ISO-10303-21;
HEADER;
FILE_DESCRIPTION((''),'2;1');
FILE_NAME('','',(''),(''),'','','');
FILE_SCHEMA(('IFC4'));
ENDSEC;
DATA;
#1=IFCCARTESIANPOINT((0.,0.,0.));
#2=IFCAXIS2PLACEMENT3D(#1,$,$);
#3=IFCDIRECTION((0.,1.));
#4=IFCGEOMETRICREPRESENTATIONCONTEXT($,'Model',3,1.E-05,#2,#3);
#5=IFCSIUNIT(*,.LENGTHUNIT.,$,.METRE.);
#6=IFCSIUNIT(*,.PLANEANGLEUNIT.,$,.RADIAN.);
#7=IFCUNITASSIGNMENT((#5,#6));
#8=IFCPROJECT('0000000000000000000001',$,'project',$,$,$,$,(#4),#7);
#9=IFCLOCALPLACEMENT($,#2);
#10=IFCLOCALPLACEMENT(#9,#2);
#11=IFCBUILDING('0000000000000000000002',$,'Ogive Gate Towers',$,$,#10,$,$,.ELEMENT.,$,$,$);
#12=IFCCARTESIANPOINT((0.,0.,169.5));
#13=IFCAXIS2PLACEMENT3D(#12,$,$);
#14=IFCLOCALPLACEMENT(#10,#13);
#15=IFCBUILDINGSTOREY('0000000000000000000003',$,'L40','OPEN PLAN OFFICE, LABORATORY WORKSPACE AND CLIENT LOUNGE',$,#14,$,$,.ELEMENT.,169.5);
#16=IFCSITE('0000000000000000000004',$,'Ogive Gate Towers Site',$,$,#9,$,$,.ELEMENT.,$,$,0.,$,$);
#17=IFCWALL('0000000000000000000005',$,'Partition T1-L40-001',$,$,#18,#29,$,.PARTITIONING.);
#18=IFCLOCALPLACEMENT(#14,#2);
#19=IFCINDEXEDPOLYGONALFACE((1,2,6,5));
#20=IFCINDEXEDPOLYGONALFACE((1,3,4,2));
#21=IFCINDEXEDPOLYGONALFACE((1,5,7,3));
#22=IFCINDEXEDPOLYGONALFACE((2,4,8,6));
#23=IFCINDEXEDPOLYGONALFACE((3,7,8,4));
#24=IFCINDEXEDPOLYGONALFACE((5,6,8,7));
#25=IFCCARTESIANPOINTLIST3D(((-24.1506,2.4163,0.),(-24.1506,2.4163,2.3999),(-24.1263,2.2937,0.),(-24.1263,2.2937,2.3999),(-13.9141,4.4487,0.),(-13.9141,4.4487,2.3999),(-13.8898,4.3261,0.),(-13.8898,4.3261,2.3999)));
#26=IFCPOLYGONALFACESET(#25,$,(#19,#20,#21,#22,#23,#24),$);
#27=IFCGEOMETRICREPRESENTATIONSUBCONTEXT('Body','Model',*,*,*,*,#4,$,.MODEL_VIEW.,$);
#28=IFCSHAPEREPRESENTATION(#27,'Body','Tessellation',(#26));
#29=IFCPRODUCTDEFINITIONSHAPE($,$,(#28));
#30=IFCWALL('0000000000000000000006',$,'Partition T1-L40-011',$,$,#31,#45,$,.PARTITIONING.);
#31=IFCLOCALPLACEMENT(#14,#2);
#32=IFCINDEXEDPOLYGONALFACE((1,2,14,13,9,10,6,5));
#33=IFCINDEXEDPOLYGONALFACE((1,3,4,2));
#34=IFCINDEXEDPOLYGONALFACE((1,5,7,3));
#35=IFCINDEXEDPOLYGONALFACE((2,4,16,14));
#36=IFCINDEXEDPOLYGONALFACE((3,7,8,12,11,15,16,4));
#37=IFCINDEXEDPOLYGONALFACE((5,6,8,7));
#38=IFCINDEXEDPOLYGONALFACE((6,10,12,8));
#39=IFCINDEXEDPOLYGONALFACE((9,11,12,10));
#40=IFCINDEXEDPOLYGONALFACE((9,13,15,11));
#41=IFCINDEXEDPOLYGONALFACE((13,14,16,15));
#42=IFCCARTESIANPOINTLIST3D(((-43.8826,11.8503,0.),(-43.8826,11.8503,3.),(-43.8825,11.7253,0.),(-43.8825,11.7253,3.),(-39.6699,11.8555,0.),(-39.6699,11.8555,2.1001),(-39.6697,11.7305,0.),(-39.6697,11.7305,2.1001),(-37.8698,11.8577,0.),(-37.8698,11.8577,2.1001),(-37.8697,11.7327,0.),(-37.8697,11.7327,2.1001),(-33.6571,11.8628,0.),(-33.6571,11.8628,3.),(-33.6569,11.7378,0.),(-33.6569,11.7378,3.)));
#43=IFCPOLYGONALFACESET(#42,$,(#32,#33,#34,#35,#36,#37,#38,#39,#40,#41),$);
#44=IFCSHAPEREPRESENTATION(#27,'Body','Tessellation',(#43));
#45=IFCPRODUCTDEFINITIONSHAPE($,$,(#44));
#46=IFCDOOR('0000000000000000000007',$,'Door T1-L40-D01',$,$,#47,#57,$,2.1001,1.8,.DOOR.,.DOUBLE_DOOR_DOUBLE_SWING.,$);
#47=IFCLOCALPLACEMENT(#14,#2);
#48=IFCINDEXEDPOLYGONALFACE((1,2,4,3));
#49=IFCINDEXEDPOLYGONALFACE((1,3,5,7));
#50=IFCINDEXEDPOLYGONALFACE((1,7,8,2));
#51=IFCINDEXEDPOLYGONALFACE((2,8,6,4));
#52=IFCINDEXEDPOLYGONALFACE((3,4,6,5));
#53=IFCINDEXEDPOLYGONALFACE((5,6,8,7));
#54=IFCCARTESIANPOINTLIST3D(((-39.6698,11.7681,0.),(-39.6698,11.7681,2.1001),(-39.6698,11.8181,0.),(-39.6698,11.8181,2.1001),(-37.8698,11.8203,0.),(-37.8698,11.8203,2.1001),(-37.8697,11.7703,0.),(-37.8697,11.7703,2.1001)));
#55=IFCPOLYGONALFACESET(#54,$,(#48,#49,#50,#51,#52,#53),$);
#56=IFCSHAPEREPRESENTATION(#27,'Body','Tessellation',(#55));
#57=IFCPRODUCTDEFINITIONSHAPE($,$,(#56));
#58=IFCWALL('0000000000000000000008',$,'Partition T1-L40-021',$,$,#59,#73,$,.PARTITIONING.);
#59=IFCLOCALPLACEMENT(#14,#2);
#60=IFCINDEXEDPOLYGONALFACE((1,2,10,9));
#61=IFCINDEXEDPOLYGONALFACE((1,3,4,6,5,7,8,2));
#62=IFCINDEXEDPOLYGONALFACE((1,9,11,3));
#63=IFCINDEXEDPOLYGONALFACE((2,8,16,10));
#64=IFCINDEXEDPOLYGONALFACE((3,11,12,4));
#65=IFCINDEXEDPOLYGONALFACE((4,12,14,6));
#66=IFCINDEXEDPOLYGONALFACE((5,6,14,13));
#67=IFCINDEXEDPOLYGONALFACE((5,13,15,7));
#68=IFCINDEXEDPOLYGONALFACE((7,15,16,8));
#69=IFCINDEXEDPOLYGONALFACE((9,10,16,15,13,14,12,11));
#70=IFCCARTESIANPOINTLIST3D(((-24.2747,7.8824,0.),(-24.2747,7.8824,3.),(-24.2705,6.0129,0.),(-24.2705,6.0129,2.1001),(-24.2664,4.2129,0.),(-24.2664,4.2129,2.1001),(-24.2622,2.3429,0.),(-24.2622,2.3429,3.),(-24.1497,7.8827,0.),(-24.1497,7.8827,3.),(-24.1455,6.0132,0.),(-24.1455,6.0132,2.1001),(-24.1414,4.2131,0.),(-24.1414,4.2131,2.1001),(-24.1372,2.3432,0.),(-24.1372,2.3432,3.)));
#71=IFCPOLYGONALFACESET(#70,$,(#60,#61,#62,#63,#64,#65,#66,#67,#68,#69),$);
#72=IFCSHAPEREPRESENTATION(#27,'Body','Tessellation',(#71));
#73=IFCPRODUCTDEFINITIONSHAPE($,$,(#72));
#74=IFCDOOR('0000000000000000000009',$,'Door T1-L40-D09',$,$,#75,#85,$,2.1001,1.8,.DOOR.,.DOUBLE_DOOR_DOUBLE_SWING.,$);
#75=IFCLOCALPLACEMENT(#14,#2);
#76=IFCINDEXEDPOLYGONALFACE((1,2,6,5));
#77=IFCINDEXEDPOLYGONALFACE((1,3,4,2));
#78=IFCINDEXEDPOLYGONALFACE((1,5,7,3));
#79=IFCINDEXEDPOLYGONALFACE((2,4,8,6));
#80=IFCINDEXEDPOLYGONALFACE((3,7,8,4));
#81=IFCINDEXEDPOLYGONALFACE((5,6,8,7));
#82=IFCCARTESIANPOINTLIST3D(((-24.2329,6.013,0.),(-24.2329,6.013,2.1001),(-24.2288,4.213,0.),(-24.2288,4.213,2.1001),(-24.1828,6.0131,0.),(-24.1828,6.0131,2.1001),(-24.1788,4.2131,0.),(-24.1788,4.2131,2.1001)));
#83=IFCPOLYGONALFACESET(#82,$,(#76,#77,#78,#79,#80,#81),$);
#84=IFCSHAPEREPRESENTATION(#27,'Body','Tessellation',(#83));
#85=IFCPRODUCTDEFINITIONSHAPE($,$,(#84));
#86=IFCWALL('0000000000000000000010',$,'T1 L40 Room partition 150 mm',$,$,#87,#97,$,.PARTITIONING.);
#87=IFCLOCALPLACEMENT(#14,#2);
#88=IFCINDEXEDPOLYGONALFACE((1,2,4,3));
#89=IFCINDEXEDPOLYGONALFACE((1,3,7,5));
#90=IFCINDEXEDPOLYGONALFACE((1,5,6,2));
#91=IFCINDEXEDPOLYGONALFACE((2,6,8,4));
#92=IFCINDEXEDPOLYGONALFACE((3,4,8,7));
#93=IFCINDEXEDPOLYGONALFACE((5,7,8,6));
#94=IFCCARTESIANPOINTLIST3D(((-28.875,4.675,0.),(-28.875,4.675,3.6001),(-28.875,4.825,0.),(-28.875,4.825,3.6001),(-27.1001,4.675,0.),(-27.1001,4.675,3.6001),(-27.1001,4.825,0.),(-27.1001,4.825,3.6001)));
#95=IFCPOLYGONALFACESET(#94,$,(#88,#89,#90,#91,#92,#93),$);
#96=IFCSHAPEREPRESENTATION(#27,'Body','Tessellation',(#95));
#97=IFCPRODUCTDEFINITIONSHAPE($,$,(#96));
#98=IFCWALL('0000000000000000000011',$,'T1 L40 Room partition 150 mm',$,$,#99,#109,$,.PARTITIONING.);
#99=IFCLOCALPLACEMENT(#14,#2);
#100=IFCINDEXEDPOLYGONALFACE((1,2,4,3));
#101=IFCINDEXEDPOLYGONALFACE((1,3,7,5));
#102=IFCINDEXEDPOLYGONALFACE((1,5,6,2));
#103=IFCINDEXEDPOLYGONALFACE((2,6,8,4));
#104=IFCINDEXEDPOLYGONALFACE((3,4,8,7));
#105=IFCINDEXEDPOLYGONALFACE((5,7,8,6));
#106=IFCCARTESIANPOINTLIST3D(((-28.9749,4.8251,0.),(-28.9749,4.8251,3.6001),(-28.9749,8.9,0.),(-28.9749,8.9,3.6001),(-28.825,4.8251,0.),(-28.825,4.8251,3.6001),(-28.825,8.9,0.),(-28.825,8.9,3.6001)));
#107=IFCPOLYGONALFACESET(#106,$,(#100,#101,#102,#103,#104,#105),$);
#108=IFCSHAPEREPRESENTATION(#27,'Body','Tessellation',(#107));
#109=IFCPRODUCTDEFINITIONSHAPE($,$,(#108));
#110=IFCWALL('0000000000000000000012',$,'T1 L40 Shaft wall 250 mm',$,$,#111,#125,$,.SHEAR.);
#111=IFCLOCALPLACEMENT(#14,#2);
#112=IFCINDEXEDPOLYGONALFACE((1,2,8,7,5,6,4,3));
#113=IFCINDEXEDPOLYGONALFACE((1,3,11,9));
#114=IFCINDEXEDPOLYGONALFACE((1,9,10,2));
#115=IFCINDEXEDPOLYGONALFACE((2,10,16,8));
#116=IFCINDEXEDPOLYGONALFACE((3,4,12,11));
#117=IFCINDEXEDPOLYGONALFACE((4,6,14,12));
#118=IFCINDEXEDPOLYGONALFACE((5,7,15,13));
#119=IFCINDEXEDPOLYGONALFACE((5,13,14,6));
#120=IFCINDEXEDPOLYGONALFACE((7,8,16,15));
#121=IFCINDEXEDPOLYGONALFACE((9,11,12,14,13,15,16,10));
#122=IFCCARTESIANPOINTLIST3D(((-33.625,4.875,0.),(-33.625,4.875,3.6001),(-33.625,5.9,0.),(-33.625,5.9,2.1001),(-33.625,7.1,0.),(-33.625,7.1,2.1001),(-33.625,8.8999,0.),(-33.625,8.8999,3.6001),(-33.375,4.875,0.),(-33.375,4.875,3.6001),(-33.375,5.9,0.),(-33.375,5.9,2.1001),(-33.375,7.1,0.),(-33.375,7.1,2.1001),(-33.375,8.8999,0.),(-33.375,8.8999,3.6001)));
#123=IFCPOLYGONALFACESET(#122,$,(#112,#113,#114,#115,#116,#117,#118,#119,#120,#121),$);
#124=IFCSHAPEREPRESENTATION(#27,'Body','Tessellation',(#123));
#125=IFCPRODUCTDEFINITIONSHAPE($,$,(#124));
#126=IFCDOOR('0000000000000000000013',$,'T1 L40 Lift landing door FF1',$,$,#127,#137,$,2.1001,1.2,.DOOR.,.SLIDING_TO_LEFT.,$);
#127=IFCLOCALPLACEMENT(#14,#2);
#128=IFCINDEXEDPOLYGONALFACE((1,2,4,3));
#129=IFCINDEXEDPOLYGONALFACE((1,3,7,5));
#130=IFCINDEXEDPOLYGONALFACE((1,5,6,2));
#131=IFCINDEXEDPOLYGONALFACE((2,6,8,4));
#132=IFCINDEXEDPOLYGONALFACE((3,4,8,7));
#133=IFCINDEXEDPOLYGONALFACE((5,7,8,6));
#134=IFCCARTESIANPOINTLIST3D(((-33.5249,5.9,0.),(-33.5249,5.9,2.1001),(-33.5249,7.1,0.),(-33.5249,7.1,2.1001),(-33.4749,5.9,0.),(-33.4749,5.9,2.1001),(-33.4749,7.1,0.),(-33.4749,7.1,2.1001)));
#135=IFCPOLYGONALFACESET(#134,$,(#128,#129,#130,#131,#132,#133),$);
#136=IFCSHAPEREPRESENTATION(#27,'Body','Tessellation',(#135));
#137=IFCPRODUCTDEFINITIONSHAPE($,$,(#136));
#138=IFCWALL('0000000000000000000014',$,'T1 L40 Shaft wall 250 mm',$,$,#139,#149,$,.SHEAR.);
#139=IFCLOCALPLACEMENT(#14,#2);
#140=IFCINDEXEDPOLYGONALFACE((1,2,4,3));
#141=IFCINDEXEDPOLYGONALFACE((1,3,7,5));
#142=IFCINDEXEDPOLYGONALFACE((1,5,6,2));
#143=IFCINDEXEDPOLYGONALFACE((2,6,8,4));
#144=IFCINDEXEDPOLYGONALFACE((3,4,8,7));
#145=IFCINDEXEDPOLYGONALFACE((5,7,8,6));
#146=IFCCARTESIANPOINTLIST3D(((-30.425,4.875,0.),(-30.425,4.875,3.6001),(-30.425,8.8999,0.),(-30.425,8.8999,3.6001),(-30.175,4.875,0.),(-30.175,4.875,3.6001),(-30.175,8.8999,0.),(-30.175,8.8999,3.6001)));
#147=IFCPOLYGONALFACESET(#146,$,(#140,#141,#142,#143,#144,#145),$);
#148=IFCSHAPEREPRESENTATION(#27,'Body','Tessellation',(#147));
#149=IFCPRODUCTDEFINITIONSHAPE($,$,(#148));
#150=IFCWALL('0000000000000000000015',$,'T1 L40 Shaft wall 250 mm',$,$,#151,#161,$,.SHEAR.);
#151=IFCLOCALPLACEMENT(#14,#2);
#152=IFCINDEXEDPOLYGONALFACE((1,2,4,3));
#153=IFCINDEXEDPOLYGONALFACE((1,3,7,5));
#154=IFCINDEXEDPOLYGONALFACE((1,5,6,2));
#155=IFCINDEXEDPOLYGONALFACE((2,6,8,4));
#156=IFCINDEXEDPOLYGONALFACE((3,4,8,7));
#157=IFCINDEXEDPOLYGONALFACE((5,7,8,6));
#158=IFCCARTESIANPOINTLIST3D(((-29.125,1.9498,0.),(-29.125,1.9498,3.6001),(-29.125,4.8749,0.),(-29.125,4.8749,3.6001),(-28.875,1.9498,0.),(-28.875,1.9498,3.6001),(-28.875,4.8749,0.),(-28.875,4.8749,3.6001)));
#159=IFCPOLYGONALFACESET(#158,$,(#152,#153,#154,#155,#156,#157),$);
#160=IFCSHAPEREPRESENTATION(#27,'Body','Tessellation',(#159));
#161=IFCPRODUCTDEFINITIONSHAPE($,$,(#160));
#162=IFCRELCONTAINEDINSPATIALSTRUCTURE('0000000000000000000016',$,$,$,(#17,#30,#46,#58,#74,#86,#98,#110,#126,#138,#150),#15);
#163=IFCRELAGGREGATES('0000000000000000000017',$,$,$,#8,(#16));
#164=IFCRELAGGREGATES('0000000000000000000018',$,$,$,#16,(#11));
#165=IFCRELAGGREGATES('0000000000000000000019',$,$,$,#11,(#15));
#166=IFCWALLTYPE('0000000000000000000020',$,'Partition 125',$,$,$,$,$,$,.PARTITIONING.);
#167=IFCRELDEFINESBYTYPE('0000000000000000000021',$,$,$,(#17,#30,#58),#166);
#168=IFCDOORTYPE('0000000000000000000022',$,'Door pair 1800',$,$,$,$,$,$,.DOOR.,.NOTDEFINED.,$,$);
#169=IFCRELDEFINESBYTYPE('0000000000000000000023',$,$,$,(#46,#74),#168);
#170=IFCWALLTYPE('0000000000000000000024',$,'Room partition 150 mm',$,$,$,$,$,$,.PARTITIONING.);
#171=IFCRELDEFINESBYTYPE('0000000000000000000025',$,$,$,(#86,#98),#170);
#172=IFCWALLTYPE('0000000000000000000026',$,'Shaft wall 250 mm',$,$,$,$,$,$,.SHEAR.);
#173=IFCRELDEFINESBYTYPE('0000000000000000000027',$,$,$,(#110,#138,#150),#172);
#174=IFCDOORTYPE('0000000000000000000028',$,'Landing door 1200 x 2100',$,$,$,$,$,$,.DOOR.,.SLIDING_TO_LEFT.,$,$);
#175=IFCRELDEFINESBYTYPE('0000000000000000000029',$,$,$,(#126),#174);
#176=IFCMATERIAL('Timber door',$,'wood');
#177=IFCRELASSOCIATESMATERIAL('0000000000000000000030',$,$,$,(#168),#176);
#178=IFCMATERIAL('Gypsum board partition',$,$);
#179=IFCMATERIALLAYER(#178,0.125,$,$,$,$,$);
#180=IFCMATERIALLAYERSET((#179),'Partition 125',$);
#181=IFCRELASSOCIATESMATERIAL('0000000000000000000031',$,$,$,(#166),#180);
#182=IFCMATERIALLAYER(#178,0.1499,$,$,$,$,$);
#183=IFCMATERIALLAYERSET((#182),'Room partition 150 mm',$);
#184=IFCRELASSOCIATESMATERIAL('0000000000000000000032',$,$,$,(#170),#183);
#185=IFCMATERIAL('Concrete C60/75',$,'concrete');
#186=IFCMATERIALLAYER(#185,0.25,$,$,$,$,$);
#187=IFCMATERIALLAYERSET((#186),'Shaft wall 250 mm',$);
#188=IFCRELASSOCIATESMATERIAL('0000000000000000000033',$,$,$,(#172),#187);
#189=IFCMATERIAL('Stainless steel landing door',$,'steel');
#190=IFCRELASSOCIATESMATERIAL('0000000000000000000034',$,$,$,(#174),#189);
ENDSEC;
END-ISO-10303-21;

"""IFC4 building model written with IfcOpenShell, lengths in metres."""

from ifc_helpers import new_model, si_unit, direction, frame, frame_2d, origin, place, context, subcontext, project, spatial, rectangle, extrude, material, layer, layer_set, type_object, element, fill, save


model = new_model("IFC4")

# Units and contexts
model_context = context("Model", 3, precision=1e-05, world=origin(), true_north=direction((0.0, 1.0)))
body_context = subcontext(model_context, "Body", "Model", "MODEL_VIEW")
ifc_project = project(units=[si_unit("LENGTHUNIT", "METRE"), si_unit("PLANEANGLEUNIT", "RADIAN")], contexts=[model_context])

# Site, building, storey
site_placement = place(None, origin())
site = spatial("IfcSite", under=ifc_project, at=site_placement, Name="Ogive Gate Towers Site", CompositionType="ELEMENT", RefElevation=0.0)
building_placement = place(site_placement, origin())
building = spatial("IfcBuilding", under=site, at=building_placement, Name="Ogive Gate Towers", CompositionType="ELEMENT")
storey_placement = place(building_placement, frame((0.0, 0.0, 169.5)))
storey = spatial("IfcBuildingStorey", under=building, at=storey_placement, Name="L40", Description="OPEN PLAN OFFICE, LABORATORY WORKSPACE AND CLIENT LOUNGE", CompositionType="ELEMENT", Elevation=169.5)

# Shared definitions
ifc_material_1 = material(Name="Timber door", Category="wood")
door_type_1 = type_object("IfcDoorType", Name="Door pair 1800", OperationType="NOTDEFINED", PredefinedType="DOOR", material=ifc_material_1)

# Wall
ifc_material_2 = material(Name="Gypsum board partition")
ifc_layer_1 = layer(ifc_material_2, 0.125)
ifc_layer_set_1 = layer_set([ifc_layer_1], Name="Partition 125")
wall_type_1 = type_object("IfcWallType", Name="Partition 125", PredefinedType="PARTITIONING", material=ifc_layer_set_1)
wall_1_placement = place(storey_placement, frame((-13.9019, 4.3875, 0.0), z_axis=(0.0, 0.0, 1.0), x_axis=(-0.980853, -0.194748, 0.0)))
element("IfcWall", 1, at=wall_1_placement, inside=storey, type_object=wall_type_1, Name="Partition T1-L40-001", PredefinedType="PARTITIONING", context=body_context, shape_type="SweptSolid", body=[
    extrude(rectangle(XDim=10.4363, YDim=0.125, at=frame_2d((5.2183, 0.0))), origin(), (0.0, 0.0, 1.0), 2.3999),
])

# Walls, openings, doors
wall_2_placement = place(storey_placement, frame((-33.657, 11.8003, 0.0), z_axis=(0.0, 0.0, 1.0), x_axis=(-0.999999, -0.001218, 0.0)))
wall_2 = element("IfcWall", 2, at=wall_2_placement, inside=storey, type_object=wall_type_1, Name="Partition T1-L40-011", PredefinedType="PARTITIONING", context=body_context, shape_type="SweptSolid", body=[
    extrude(rectangle(XDim=10.2256, YDim=0.125, at=frame_2d((5.1128, 0.0))), origin(), (0.0, 0.0, 1.0), 3.0),
])
opening_1_placement = place(wall_2_placement, frame((4.2129, 0.0, 0.0)))
opening_1 = element("IfcOpeningElement", 3, at=opening_1_placement, cuts=wall_2, PredefinedType="OPENING", context=body_context, shape_type="SweptSolid", body=[
    extrude(rectangle(XDim=1.8, YDim=2.1001, at=frame_2d((0.8999, 1.05))), frame((0.0, 0.0725, 0.0), z_axis=(0.0, -1.0, 0.0), x_axis=(1.0, 0.0, 0.0)), (0.0, 0.0, 1.0), 0.145),
])
door_1_placement = place(opening_1_placement, origin())
door_1 = element("IfcDoor", 4, at=door_1_placement, inside=storey, type_object=door_type_1, Name="Door T1-L40-D01", OperationType="DOUBLE_DOOR_DOUBLE_SWING", OverallHeight=2.1001, OverallWidth=1.8, PredefinedType="DOOR", context=body_context, shape_type="SweptSolid", body=[
    extrude(rectangle(XDim=1.8, YDim=2.1001, at=frame_2d((0.8999, 1.05))), frame((0.0, 0.0249, 0.0), z_axis=(0.0, -1.0, 0.0), x_axis=(1.0, 0.0, 0.0)), (0.0, 0.0, 1.0), 0.05),
])
fill(opening_1, door_1)
wall_3_placement = place(storey_placement, frame((-24.1997, 2.343, 0.0), z_axis=(0.0, 0.0, 1.0), x_axis=(-0.002248, 0.999997, 0.0)))
wall_3 = element("IfcWall", 5, at=wall_3_placement, inside=storey, type_object=wall_type_1, Name="Partition T1-L40-021", PredefinedType="PARTITIONING", context=body_context, shape_type="SweptSolid", body=[
    extrude(rectangle(XDim=5.5396, YDim=0.125, at=frame_2d((2.7698, 0.0))), origin(), (0.0, 0.0, 1.0), 3.0),
])
opening_2_placement = place(wall_3_placement, frame((1.8701, 0.0, 0.0)))
opening_2 = element("IfcOpeningElement", 6, at=opening_2_placement, cuts=wall_3, PredefinedType="OPENING", context=body_context, shape_type="SweptSolid", body=[
    extrude(rectangle(XDim=1.8, YDim=2.1001, at=frame_2d((0.8999, 1.05))), frame((0.0, 0.0725, 0.0), z_axis=(0.0, -1.0, 0.0), x_axis=(1.0, 0.0, 0.0)), (0.0, 0.0, 1.0), 0.145),
])
door_2_placement = place(opening_2_placement, origin())
door_2 = element("IfcDoor", 7, at=door_2_placement, inside=storey, type_object=door_type_1, Name="Door T1-L40-D09", OperationType="DOUBLE_DOOR_DOUBLE_SWING", OverallHeight=2.1001, OverallWidth=1.8, PredefinedType="DOOR", context=body_context, shape_type="SweptSolid", body=[
    extrude(rectangle(XDim=1.8, YDim=2.1001, at=frame_2d((0.8999, 1.05))), frame((0.0, 0.0249, 0.0), z_axis=(0.0, -1.0, 0.0), x_axis=(1.0, 0.0, 0.0)), (0.0, 0.0, 1.0), 0.05),
])
fill(opening_2, door_2)

# Walls
ifc_layer_2 = layer(ifc_material_2, 0.1499)
ifc_layer_set_2 = layer_set([ifc_layer_2], Name="Room partition 150 mm")
wall_type_2 = type_object("IfcWallType", Name="Room partition 150 mm", PredefinedType="PARTITIONING", material=ifc_layer_set_2)
wall_4_placement = place(storey_placement, frame((-28.875, 4.75, 0.0), z_axis=(0.0, 0.0, 1.0), x_axis=(1.0, 0.0, 0.0)))
element("IfcWall", 8, at=wall_4_placement, inside=storey, type_object=wall_type_2, Name="T1 L40 Room partition 150 mm", PredefinedType="PARTITIONING", context=body_context, shape_type="SweptSolid", body=[
    extrude(rectangle(XDim=1.7749, YDim=0.1499, at=frame_2d((0.8875, 0.0))), origin(), (0.0, 0.0, 1.0), 3.6001),
])
wall_5_placement = place(storey_placement, frame((-28.8999, 4.825, 0.0), z_axis=(0.0, 0.0, 1.0), x_axis=(0.0, 1.0, 0.0)))
element("IfcWall", 9, at=wall_5_placement, inside=storey, type_object=wall_type_2, Name="T1 L40 Room partition 150 mm", PredefinedType="PARTITIONING", context=body_context, shape_type="SweptSolid", body=[
    extrude(rectangle(XDim=4.075, YDim=0.1499, at=frame_2d((2.0376, 0.0))), origin(), (0.0, 0.0, 1.0), 3.6001),
])

# Wall, opening, door
ifc_material_3 = material(Name="Concrete C60/75", Category="concrete")
ifc_layer_3 = layer(ifc_material_3, 0.25)
ifc_layer_set_3 = layer_set([ifc_layer_3], Name="Shaft wall 250 mm")
wall_type_3 = type_object("IfcWallType", Name="Shaft wall 250 mm", PredefinedType="SHEAR", material=ifc_layer_set_3)
wall_6_placement = place(storey_placement, frame((-33.5, 4.875, 0.0), z_axis=(0.0, 0.0, 1.0), x_axis=(0.0, 1.0, 0.0)))
wall_6 = element("IfcWall", 10, at=wall_6_placement, inside=storey, type_object=wall_type_3, Name="T1 L40 Shaft wall 250 mm", PredefinedType="SHEAR", context=body_context, shape_type="SweptSolid", body=[
    extrude(rectangle(XDim=4.0249, YDim=0.25, at=frame_2d((2.0125, 0.0))), origin(), (0.0, 0.0, 1.0), 3.6001),
])
opening_3_placement = place(wall_6_placement, frame((1.0249, 0.0, 0.0)))
opening_3 = element("IfcOpeningElement", 11, at=opening_3_placement, cuts=wall_6, PredefinedType="OPENING", context=body_context, shape_type="SweptSolid", body=[
    extrude(rectangle(XDim=1.2, YDim=2.1001, at=frame_2d((0.6001, 1.05))), frame((0.0, 0.135, 0.0), z_axis=(0.0, -1.0, 0.0), x_axis=(1.0, 0.0, 0.0)), (0.0, 0.0, 1.0), 0.27),
])
ifc_material_4 = material(Name="Stainless steel landing door", Category="steel")
door_type_2 = type_object("IfcDoorType", Name="Landing door 1200 x 2100", OperationType="SLIDING_TO_LEFT", PredefinedType="DOOR", material=ifc_material_4)
door_3_placement = place(opening_3_placement, origin())
door_3 = element("IfcDoor", 12, at=door_3_placement, inside=storey, type_object=door_type_2, Name="T1 L40 Lift landing door FF1", OperationType="SLIDING_TO_LEFT", OverallHeight=2.1001, OverallWidth=1.2, PredefinedType="DOOR", context=body_context, shape_type="SweptSolid", body=[
    extrude(rectangle(XDim=1.2, YDim=2.1001, at=frame_2d((0.6001, 1.05))), frame((0.0, 0.0249, 0.0), z_axis=(0.0, -1.0, 0.0), x_axis=(1.0, 0.0, 0.0)), (0.0, 0.0, 1.0), 0.05),
])
fill(opening_3, door_3)

# Walls
wall_7_placement = place(storey_placement, frame((-30.3, 4.875, 0.0), z_axis=(0.0, 0.0, 1.0), x_axis=(0.0, 1.0, 0.0)))
element("IfcWall", 13, at=wall_7_placement, inside=storey, type_object=wall_type_3, Name="T1 L40 Shaft wall 250 mm", PredefinedType="SHEAR", context=body_context, shape_type="SweptSolid", body=[
    extrude(rectangle(XDim=4.0249, YDim=0.25, at=frame_2d((2.0125, 0.0))), origin(), (0.0, 0.0, 1.0), 3.6001),
])
wall_8_placement = place(storey_placement, frame((-29.0, 1.95, 0.0), z_axis=(0.0, 0.0, 1.0), x_axis=(0.0, 1.0, 0.0)))
element("IfcWall", 14, at=wall_8_placement, inside=storey, type_object=wall_type_3, Name="T1 L40 Shaft wall 250 mm", PredefinedType="SHEAR", context=body_context, shape_type="SweptSolid", body=[
    extrude(rectangle(XDim=2.925, YDim=0.25, at=frame_2d((1.4624, 0.0))), origin(), (0.0, 0.0, 1.0), 3.6001),
])

save(model, "model.ifc")
